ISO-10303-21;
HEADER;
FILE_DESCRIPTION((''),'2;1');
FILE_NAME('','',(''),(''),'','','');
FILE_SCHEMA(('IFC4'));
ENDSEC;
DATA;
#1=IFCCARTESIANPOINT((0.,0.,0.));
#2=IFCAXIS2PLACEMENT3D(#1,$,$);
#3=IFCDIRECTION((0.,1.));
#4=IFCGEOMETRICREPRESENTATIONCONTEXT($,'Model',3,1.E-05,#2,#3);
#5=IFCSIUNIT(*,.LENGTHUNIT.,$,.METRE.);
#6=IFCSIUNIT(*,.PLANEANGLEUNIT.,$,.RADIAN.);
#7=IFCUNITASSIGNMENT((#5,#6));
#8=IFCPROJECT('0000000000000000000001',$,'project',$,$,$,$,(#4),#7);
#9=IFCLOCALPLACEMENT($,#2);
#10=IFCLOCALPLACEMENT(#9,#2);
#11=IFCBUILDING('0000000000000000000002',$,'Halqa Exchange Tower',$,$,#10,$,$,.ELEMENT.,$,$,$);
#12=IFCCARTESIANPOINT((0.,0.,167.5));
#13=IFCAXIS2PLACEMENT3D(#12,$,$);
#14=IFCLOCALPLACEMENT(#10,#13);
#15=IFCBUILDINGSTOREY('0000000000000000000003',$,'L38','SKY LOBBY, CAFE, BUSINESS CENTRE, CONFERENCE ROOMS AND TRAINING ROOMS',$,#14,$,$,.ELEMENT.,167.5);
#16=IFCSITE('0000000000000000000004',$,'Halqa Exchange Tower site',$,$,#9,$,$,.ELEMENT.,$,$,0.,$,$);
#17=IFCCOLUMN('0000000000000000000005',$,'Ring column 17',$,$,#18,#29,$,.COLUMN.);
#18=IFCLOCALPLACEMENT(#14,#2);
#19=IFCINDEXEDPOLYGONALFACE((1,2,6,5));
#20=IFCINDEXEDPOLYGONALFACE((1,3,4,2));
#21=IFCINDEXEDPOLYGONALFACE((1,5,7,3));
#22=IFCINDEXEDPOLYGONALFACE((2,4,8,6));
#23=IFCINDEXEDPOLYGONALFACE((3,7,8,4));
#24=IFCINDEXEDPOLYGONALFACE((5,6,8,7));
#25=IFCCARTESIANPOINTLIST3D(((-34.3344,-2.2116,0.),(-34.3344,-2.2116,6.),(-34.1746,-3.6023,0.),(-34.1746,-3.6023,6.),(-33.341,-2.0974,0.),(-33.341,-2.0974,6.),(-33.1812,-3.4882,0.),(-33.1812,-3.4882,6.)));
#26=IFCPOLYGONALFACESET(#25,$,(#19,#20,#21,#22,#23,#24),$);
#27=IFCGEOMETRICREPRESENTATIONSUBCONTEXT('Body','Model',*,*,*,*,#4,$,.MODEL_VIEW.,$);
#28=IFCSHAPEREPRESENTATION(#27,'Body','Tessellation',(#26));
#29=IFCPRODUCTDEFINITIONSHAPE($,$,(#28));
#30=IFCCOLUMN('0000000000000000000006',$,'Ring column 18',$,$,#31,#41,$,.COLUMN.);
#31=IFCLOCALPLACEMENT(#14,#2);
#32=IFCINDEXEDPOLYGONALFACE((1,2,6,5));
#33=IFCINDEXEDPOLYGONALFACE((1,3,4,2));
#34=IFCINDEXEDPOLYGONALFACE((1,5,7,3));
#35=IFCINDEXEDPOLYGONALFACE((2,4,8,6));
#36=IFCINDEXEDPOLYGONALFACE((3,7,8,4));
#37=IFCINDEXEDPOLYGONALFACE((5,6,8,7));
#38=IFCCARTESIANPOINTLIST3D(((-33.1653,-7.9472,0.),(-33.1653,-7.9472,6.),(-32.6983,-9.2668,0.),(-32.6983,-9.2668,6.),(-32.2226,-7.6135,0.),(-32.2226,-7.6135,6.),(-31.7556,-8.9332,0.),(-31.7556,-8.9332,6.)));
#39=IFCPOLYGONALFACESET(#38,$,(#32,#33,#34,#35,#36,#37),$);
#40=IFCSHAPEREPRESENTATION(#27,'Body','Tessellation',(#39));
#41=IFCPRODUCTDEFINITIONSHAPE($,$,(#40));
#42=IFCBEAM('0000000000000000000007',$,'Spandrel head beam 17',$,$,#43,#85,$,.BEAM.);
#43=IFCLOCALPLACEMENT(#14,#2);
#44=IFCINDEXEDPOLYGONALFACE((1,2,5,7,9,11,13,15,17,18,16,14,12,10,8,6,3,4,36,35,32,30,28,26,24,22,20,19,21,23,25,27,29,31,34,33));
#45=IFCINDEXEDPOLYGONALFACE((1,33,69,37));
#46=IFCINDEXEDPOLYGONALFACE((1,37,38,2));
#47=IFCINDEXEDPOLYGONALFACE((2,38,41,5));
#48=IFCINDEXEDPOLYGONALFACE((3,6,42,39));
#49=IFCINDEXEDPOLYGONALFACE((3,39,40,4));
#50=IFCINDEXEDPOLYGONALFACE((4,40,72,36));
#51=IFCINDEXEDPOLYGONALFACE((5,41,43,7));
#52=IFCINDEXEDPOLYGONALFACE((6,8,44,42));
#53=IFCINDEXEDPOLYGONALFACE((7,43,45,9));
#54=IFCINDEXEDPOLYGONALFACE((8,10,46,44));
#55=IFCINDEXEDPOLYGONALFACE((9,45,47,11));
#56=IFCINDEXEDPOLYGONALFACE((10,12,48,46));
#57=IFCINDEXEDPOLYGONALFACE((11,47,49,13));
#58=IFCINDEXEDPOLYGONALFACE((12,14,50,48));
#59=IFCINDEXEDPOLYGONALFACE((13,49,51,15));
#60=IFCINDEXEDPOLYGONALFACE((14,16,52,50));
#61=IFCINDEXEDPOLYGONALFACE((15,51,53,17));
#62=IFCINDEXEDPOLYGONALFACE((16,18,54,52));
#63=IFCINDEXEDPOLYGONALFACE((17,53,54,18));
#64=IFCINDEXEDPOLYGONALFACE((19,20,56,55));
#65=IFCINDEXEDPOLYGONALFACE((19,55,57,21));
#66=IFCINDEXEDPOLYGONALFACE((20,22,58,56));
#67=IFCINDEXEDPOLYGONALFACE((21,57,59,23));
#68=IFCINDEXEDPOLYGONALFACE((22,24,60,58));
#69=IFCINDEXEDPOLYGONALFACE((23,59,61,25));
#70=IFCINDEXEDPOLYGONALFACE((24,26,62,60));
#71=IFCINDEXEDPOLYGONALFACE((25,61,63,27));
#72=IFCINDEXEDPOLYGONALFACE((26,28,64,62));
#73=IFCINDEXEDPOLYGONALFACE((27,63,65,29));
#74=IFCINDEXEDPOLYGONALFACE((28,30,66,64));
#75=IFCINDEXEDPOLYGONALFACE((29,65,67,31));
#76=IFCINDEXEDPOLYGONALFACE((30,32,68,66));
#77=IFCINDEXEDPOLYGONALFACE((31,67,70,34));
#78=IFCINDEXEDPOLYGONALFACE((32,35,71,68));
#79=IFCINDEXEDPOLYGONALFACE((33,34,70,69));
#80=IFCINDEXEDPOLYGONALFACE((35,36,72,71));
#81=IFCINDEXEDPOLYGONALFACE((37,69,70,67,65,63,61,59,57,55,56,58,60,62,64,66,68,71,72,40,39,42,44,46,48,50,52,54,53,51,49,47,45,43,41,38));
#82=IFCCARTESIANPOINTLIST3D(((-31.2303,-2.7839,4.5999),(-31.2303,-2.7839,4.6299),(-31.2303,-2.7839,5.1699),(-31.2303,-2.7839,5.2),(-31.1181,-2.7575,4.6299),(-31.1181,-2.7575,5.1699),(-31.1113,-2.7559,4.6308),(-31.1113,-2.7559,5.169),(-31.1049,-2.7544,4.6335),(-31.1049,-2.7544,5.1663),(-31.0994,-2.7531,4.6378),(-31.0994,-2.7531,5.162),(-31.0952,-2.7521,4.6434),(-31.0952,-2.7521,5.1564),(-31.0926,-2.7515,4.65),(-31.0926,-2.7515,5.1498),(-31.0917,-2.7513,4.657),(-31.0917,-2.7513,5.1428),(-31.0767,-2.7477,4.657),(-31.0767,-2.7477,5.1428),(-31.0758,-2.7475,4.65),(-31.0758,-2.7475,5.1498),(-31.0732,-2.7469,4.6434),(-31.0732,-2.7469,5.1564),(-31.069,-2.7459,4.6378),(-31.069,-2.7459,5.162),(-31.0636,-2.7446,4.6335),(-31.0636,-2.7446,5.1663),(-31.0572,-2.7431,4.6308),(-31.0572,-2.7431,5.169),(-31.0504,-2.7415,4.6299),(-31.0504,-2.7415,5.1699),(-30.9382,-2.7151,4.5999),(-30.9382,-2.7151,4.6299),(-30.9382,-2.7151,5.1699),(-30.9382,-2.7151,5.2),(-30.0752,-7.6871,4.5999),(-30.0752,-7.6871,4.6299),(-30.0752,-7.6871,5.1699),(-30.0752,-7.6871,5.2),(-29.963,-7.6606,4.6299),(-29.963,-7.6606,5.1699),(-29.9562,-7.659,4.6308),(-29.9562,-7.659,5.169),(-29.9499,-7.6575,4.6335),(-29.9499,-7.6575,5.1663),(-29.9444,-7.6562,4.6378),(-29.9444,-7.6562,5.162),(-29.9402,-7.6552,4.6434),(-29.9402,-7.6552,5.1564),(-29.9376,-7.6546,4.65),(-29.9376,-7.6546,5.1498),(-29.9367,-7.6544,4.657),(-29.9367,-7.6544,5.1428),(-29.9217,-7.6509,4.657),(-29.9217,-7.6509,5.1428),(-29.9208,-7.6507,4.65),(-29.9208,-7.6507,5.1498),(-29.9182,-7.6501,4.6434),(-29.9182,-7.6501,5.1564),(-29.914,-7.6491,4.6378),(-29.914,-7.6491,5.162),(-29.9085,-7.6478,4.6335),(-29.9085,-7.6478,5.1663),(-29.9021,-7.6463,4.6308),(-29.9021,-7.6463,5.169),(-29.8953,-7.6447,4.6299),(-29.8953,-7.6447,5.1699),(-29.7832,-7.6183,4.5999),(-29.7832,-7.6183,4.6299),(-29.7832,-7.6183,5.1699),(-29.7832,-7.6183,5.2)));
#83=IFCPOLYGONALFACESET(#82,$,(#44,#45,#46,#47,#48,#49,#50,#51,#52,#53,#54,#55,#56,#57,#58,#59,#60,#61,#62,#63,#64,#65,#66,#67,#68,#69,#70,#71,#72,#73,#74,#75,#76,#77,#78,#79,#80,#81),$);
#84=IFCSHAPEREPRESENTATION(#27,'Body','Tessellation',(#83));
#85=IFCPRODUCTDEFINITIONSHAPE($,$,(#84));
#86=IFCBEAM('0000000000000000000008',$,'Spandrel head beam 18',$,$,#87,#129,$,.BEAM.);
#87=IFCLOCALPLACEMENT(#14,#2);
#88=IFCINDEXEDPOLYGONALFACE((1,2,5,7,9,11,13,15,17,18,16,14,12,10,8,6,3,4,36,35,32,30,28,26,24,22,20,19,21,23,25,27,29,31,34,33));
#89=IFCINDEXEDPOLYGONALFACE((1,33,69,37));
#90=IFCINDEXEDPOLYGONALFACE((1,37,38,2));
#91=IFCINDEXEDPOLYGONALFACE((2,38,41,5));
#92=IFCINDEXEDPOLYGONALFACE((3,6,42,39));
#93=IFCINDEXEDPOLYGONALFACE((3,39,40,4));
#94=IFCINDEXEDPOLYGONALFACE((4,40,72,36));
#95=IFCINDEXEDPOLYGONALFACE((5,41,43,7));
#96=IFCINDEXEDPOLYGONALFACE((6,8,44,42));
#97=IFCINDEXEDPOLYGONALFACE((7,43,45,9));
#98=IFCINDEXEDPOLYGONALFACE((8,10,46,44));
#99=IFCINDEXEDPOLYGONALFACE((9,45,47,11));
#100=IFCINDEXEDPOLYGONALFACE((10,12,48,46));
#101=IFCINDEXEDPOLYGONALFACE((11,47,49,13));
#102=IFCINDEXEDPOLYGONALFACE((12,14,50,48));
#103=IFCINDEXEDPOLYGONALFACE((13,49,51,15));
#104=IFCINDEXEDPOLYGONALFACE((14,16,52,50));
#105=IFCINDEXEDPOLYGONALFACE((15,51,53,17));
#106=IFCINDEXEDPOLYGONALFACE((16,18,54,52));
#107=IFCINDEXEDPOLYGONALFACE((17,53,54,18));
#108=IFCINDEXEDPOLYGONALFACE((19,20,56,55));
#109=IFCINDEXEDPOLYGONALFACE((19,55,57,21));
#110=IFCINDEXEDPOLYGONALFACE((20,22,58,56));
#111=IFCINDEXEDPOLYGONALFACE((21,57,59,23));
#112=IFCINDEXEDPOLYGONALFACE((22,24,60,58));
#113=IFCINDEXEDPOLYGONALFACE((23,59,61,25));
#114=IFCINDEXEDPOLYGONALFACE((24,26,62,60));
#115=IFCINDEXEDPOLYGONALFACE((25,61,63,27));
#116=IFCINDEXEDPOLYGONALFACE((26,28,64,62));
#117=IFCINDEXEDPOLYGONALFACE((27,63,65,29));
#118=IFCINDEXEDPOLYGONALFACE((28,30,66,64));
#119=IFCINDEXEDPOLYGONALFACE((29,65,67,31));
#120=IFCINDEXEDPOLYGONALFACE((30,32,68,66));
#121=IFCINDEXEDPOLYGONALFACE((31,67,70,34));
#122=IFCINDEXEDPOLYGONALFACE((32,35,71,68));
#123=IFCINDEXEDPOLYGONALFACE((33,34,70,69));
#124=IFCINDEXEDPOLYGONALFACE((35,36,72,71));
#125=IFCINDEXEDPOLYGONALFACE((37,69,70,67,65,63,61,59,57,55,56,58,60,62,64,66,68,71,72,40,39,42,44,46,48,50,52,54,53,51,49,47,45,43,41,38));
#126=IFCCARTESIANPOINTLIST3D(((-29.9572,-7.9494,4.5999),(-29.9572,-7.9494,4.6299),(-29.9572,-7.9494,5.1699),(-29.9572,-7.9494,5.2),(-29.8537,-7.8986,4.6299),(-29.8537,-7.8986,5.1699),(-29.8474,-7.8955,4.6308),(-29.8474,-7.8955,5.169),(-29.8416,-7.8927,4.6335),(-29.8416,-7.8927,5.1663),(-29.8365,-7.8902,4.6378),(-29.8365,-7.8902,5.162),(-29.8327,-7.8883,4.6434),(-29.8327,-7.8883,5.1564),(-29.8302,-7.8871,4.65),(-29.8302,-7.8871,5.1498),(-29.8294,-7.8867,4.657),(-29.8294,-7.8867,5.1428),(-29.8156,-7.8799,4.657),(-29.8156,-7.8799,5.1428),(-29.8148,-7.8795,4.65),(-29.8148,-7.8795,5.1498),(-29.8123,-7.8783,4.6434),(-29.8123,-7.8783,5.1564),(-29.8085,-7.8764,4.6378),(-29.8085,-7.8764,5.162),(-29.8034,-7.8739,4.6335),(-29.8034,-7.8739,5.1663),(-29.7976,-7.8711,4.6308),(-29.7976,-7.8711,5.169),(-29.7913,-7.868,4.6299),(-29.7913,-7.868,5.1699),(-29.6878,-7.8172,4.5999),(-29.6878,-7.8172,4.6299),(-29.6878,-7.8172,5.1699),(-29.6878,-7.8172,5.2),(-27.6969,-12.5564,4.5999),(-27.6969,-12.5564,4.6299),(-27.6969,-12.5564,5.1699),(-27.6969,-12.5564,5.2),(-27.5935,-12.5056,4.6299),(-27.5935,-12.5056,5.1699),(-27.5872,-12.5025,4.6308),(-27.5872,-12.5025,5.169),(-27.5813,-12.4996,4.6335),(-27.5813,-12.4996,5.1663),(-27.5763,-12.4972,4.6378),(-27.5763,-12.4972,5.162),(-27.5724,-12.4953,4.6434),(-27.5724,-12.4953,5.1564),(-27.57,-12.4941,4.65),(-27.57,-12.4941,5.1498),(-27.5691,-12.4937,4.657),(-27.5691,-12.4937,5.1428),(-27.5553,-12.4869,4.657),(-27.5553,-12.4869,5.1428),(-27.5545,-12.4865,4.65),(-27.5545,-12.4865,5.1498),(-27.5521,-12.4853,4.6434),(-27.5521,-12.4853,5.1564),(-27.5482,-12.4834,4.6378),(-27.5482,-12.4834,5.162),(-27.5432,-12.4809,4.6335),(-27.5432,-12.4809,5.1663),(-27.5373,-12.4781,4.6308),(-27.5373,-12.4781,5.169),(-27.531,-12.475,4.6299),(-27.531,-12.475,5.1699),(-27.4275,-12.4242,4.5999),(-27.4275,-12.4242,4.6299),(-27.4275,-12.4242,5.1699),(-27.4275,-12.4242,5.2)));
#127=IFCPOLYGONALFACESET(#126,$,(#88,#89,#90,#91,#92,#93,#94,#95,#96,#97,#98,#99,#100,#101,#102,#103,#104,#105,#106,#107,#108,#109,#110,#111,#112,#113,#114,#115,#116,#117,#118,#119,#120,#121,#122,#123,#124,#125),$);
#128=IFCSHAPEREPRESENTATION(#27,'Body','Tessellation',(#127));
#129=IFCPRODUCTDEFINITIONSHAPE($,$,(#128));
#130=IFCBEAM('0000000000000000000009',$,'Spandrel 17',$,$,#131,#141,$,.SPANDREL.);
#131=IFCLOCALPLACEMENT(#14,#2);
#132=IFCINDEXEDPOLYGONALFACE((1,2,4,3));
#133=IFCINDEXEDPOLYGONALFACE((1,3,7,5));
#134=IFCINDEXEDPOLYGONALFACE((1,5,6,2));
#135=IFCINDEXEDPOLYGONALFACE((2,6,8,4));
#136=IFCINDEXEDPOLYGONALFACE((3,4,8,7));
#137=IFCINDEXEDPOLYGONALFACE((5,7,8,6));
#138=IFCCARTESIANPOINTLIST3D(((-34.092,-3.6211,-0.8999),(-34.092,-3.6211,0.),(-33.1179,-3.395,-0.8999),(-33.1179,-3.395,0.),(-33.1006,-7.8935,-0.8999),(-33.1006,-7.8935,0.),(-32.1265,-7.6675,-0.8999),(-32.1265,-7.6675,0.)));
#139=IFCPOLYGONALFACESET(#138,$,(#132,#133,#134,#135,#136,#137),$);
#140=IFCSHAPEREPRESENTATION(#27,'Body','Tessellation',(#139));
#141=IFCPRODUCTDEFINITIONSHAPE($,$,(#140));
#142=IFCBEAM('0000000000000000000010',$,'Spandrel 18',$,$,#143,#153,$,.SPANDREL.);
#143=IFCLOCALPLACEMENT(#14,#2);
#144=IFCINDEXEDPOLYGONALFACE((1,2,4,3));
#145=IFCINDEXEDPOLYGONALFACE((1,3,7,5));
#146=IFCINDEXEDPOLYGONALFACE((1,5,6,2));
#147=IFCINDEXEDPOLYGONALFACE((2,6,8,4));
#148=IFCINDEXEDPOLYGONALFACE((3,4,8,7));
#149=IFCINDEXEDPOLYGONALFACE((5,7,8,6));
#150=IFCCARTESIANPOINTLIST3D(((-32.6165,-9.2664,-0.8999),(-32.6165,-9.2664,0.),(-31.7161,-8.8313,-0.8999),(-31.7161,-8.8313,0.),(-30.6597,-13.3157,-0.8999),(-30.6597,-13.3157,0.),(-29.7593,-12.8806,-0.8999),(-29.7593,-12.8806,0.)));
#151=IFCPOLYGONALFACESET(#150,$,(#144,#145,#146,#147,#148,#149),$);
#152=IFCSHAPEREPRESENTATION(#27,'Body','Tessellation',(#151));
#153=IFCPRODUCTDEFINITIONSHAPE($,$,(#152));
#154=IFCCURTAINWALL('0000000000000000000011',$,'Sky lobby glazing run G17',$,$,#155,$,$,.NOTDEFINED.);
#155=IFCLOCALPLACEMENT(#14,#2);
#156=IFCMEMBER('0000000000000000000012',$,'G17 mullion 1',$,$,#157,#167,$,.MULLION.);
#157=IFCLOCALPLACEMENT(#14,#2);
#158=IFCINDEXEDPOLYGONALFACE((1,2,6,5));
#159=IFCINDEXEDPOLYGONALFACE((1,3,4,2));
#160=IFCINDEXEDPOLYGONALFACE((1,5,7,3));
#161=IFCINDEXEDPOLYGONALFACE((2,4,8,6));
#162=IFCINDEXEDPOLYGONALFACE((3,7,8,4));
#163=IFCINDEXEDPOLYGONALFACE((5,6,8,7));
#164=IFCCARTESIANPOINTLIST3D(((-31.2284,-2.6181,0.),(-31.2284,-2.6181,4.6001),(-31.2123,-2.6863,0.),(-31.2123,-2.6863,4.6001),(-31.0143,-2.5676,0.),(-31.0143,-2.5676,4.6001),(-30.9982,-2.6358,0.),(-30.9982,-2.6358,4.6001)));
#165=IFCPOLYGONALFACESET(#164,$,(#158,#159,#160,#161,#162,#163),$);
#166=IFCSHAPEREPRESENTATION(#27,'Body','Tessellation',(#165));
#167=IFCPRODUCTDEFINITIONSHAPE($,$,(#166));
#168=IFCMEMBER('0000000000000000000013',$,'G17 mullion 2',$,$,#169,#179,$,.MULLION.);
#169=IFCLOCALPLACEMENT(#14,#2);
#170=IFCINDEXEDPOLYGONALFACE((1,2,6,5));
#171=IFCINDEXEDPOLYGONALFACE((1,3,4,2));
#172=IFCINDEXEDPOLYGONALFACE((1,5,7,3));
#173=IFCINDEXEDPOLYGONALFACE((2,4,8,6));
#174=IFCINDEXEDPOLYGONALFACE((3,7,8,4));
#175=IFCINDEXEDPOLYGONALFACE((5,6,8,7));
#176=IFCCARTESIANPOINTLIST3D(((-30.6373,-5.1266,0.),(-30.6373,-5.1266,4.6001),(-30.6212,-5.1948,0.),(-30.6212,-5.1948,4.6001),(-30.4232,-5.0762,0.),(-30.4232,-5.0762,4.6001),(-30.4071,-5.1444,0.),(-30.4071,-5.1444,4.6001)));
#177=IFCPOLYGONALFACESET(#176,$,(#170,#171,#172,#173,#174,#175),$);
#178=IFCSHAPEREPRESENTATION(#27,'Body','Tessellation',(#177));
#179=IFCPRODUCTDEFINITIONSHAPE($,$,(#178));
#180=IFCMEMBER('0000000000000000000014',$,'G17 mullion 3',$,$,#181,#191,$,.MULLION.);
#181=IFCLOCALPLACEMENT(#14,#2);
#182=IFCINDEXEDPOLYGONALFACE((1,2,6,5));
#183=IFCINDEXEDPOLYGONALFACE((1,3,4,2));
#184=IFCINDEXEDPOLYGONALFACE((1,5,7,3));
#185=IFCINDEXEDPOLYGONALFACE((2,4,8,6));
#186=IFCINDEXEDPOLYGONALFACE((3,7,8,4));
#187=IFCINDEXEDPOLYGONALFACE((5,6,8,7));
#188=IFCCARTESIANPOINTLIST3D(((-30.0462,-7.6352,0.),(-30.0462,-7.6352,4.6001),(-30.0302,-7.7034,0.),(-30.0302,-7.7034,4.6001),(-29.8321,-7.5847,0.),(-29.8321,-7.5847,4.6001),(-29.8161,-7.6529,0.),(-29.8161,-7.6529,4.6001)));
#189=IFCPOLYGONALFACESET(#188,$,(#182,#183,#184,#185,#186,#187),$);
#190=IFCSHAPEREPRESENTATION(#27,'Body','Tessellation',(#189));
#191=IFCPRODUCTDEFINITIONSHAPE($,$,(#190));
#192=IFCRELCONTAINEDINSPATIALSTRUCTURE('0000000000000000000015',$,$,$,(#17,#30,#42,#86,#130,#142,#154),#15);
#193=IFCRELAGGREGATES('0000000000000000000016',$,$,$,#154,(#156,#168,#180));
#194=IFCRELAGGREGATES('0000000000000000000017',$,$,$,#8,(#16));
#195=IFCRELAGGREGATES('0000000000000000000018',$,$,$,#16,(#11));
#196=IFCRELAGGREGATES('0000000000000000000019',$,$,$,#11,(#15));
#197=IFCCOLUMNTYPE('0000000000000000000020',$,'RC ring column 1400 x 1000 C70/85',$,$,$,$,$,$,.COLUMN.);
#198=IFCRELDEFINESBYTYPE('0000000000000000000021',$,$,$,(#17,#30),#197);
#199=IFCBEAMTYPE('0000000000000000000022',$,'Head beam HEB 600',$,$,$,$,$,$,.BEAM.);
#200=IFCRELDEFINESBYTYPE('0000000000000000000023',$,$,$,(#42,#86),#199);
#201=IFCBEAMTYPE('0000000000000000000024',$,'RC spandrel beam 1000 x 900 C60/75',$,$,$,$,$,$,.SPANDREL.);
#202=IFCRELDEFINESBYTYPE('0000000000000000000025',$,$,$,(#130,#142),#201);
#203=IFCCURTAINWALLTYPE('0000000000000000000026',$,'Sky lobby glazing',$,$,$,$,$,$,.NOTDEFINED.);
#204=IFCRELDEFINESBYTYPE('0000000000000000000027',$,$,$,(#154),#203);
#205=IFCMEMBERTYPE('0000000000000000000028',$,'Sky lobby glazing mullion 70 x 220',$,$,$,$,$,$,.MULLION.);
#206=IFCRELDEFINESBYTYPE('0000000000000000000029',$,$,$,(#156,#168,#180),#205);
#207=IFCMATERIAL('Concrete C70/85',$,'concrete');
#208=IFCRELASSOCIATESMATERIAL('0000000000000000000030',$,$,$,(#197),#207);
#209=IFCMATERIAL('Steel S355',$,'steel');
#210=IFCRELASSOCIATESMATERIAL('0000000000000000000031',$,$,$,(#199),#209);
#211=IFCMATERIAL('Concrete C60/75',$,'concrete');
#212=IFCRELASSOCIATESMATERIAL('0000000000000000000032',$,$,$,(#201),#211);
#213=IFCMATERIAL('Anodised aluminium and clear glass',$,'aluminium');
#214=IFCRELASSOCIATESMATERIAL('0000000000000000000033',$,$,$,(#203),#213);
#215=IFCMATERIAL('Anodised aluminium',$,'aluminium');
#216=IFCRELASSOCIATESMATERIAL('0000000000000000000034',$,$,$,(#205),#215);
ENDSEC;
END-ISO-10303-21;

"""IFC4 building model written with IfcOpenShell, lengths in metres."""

from ifc_helpers import new_model, si_unit, direction, frame, origin, origin_2d, place, context, subcontext, project, spatial, rectangle, i_section, extrude, material, material_profile, profile_set, type_object, element, aggregate, save


model = new_model("IFC4")

# Units and contexts
model_context = context("Model", 3, precision=1e-05, world=origin(), true_north=direction((0.0, 1.0)))
body_context = subcontext(model_context, "Body", "Model", "MODEL_VIEW")
ifc_project = project(units=[si_unit("LENGTHUNIT", "METRE"), si_unit("PLANEANGLEUNIT", "RADIAN")], contexts=[model_context])

# Site, building, storey
site_placement = place(None, origin())
site = spatial("IfcSite", under=ifc_project, at=site_placement, Name="Halqa Exchange Tower site", CompositionType="ELEMENT", RefElevation=0.0)
building_placement = place(site_placement, origin())
building = spatial("IfcBuilding", under=site, at=building_placement, Name="Halqa Exchange Tower", CompositionType="ELEMENT")
storey_placement = place(building_placement, frame((0.0, 0.0, 167.5)))
storey = spatial("IfcBuildingStorey", under=building, at=storey_placement, Name="L38", Description="SKY LOBBY, CAFE, BUSINESS CENTRE, CONFERENCE ROOMS AND TRAINING ROOMS", CompositionType="ELEMENT", Elevation=167.5)

# Columns
ifc_material_1 = material(Name="Concrete C70/85", Category="concrete")
ifc_material_profile_1 = material_profile(ifc_material_1, rectangle(XDim=1.3999, YDim=1.0, at=origin_2d()), Name="1400 x 1000")
ifc_profile_set_1 = profile_set([ifc_material_profile_1], Name="Concrete C70/85")
column_type = type_object("IfcColumnType", Name="RC ring column 1400 x 1000 C70/85", PredefinedType="COLUMN", material=ifc_profile_set_1)
for number, where, z_axis, x_axis, name in (
    (1, (-33.7578, -2.8499, 0.0), (0.0, 0.0, 1.0), (0.114155, -0.993463, 0.0), "Ring column 17"),
    (2, (-32.4604, -8.4402, 0.0), (0.0, 0.0, 1.0), (0.333634, -0.942703, 0.0), "Ring column 18"),
):
    element("IfcColumn", number, at=place(storey_placement, frame(where, z_axis=z_axis, x_axis=x_axis)), inside=storey, type_object=column_type, Name=name, PredefinedType="COLUMN", context=body_context, shape_type="SweptSolid", body=[
        extrude(rectangle(XDim=1.3999, YDim=1.0, at=origin_2d()), origin(), (0.0, 0.0, 1.0), 6.0),
    ])

# Beams
ifc_material_2 = material(Name="Steel S355", Category="steel")
ifc_material_profile_2 = material_profile(ifc_material_2, i_section(OverallWidth=0.3, OverallDepth=0.6001, WebThickness=0.0154, FlangeThickness=0.03, FilletRadius=0.0271, at=origin_2d()), Name="HEB 600")
ifc_profile_set_2 = profile_set([ifc_material_profile_2], Name="Steel S355")
beam_type_1 = type_object("IfcBeamType", Name="Head beam HEB 600", PredefinedType="BEAM", material=ifc_profile_set_2)
beam_1_placement = place(storey_placement, frame((-31.0842, -2.7495, 4.8999), z_axis=(0.229296, -0.973357, 0.0), x_axis=(0.973357, 0.229296, 0.0)))
element("IfcBeam", 3, at=beam_1_placement, inside=storey, type_object=beam_type_1, Name="Spandrel head beam 17", PredefinedType="BEAM", context=body_context, shape_type="SweptSolid", body=[
    extrude(i_section(OverallWidth=0.3, OverallDepth=0.6001, WebThickness=0.0154, FlangeThickness=0.03, FilletRadius=0.0271, at=origin_2d()), origin(), (0.0, 0.0, 1.0), 5.0374),
])
beam_2_placement = place(storey_placement, frame((-29.8225, -7.8833, 4.8999), z_axis=(0.440464, -0.89777, 0.0), x_axis=(0.89777, 0.440464, 0.0)))
element("IfcBeam", 4, at=beam_2_placement, inside=storey, type_object=beam_type_1, Name="Spandrel head beam 18", PredefinedType="BEAM", context=body_context, shape_type="SweptSolid", body=[
    extrude(i_section(OverallWidth=0.3, OverallDepth=0.6001, WebThickness=0.0154, FlangeThickness=0.03, FilletRadius=0.0271, at=origin_2d()), origin(), (0.0, 0.0, 1.0), 5.1316),
])
ifc_material_3 = material(Name="Concrete C60/75", Category="concrete")
ifc_material_profile_3 = material_profile(ifc_material_3, rectangle(XDim=1.0, YDim=0.8999, at=origin_2d()), Name="1000 x 900")
ifc_profile_set_3 = profile_set([ifc_material_profile_3], Name="Concrete C60/75")
beam_type_2 = type_object("IfcBeamType", Name="RC spandrel beam 1000 x 900 C60/75", PredefinedType="SPANDREL", material=ifc_profile_set_3)
beam_3_placement = place(storey_placement, frame((-33.605, -3.5081, -0.45), z_axis=(0.22605, -0.974116, 0.0), x_axis=(0.974116, 0.22605, 0.0)))
element("IfcBeam", 5, at=beam_3_placement, inside=storey, type_object=beam_type_2, Name="Spandrel 17", PredefinedType="SPANDREL", context=body_context, shape_type="SweptSolid", body=[
    extrude(rectangle(XDim=1.0, YDim=0.8999, at=origin_2d()), origin(), (0.0, 0.0, 1.0), 4.386),
])
beam_4_placement = place(storey_placement, frame((-32.1663, -9.0488, -0.45), z_axis=(0.4351, -0.900382, 0.0), x_axis=(0.900382, 0.4351, 0.0)))
element("IfcBeam", 6, at=beam_4_placement, inside=storey, type_object=beam_type_2, Name="Spandrel 18", PredefinedType="SPANDREL", context=body_context, shape_type="SweptSolid", body=[
    extrude(rectangle(XDim=1.0, YDim=0.8999, at=origin_2d()), origin(), (0.0, 0.0, 1.0), 4.4973),
])

# Curtain wall, members
ifc_material_4 = material(Name="Anodised aluminium and clear glass", Category="aluminium")
curtain_wall_type = type_object("IfcCurtainWallType", Name="Sky lobby glazing", PredefinedType="NOTDEFINED", material=ifc_material_4)
curtain_wall_1_placement = place(storey_placement, origin())
curtain_wall_1 = element("IfcCurtainWall", 7, at=curtain_wall_1_placement, inside=storey, type_object=curtain_wall_type, Name="Sky lobby glazing run G17", PredefinedType="NOTDEFINED")
ifc_material_5 = material(Name="Anodised aluminium", Category="aluminium")
ifc_material_profile_4 = material_profile(ifc_material_5, rectangle(XDim=0.22, YDim=0.0701, at=origin_2d()), Name="AL 70x220")
ifc_profile_set_4 = profile_set([ifc_material_profile_4], Name="Anodised aluminium")
member_type_1 = type_object("IfcMemberType", Name="Sky lobby glazing mullion 70 x 220", PredefinedType="MULLION", material=ifc_profile_set_4)
member_1_placement = place(storey_placement, frame((-31.1133, -2.627, 0.0), z_axis=(0.0, 0.0, 1.0), x_axis=(0.973352, 0.229318, 0.0)))
member_1 = element("IfcMember", 8, at=member_1_placement, type_object=member_type_1, Name="G17 mullion 1", PredefinedType="MULLION", context=body_context, shape_type="SweptSolid", body=[
    extrude(rectangle(XDim=0.22, YDim=0.0701, at=origin_2d()), origin(), (0.0, 0.0, 1.0), 4.6001),
])
member_2_placement = place(storey_placement, frame((-30.5222, -5.1355, 0.0), z_axis=(0.0, 0.0, 1.0), x_axis=(0.973352, 0.229318, 0.0)))
member_2 = element("IfcMember", 9, at=member_2_placement, type_object=member_type_1, Name="G17 mullion 2", PredefinedType="MULLION", context=body_context, shape_type="SweptSolid", body=[
    extrude(rectangle(XDim=0.22, YDim=0.0701, at=origin_2d()), origin(), (0.0, 0.0, 1.0), 4.6001),
])
member_3_placement = place(storey_placement, frame((-29.9312, -7.644, 0.0), z_axis=(0.0, 0.0, 1.0), x_axis=(0.973352, 0.229318, 0.0)))
member_3 = element("IfcMember", 10, at=member_3_placement, type_object=member_type_1, Name="G17 mullion 3", PredefinedType="MULLION", context=body_context, shape_type="SweptSolid", body=[
    extrude(rectangle(XDim=0.22, YDim=0.0701, at=origin_2d()), origin(), (0.0, 0.0, 1.0), 4.6001),
])

aggregate(curtain_wall_1, [member_1, member_2, member_3])

save(model, "model.ifc")
